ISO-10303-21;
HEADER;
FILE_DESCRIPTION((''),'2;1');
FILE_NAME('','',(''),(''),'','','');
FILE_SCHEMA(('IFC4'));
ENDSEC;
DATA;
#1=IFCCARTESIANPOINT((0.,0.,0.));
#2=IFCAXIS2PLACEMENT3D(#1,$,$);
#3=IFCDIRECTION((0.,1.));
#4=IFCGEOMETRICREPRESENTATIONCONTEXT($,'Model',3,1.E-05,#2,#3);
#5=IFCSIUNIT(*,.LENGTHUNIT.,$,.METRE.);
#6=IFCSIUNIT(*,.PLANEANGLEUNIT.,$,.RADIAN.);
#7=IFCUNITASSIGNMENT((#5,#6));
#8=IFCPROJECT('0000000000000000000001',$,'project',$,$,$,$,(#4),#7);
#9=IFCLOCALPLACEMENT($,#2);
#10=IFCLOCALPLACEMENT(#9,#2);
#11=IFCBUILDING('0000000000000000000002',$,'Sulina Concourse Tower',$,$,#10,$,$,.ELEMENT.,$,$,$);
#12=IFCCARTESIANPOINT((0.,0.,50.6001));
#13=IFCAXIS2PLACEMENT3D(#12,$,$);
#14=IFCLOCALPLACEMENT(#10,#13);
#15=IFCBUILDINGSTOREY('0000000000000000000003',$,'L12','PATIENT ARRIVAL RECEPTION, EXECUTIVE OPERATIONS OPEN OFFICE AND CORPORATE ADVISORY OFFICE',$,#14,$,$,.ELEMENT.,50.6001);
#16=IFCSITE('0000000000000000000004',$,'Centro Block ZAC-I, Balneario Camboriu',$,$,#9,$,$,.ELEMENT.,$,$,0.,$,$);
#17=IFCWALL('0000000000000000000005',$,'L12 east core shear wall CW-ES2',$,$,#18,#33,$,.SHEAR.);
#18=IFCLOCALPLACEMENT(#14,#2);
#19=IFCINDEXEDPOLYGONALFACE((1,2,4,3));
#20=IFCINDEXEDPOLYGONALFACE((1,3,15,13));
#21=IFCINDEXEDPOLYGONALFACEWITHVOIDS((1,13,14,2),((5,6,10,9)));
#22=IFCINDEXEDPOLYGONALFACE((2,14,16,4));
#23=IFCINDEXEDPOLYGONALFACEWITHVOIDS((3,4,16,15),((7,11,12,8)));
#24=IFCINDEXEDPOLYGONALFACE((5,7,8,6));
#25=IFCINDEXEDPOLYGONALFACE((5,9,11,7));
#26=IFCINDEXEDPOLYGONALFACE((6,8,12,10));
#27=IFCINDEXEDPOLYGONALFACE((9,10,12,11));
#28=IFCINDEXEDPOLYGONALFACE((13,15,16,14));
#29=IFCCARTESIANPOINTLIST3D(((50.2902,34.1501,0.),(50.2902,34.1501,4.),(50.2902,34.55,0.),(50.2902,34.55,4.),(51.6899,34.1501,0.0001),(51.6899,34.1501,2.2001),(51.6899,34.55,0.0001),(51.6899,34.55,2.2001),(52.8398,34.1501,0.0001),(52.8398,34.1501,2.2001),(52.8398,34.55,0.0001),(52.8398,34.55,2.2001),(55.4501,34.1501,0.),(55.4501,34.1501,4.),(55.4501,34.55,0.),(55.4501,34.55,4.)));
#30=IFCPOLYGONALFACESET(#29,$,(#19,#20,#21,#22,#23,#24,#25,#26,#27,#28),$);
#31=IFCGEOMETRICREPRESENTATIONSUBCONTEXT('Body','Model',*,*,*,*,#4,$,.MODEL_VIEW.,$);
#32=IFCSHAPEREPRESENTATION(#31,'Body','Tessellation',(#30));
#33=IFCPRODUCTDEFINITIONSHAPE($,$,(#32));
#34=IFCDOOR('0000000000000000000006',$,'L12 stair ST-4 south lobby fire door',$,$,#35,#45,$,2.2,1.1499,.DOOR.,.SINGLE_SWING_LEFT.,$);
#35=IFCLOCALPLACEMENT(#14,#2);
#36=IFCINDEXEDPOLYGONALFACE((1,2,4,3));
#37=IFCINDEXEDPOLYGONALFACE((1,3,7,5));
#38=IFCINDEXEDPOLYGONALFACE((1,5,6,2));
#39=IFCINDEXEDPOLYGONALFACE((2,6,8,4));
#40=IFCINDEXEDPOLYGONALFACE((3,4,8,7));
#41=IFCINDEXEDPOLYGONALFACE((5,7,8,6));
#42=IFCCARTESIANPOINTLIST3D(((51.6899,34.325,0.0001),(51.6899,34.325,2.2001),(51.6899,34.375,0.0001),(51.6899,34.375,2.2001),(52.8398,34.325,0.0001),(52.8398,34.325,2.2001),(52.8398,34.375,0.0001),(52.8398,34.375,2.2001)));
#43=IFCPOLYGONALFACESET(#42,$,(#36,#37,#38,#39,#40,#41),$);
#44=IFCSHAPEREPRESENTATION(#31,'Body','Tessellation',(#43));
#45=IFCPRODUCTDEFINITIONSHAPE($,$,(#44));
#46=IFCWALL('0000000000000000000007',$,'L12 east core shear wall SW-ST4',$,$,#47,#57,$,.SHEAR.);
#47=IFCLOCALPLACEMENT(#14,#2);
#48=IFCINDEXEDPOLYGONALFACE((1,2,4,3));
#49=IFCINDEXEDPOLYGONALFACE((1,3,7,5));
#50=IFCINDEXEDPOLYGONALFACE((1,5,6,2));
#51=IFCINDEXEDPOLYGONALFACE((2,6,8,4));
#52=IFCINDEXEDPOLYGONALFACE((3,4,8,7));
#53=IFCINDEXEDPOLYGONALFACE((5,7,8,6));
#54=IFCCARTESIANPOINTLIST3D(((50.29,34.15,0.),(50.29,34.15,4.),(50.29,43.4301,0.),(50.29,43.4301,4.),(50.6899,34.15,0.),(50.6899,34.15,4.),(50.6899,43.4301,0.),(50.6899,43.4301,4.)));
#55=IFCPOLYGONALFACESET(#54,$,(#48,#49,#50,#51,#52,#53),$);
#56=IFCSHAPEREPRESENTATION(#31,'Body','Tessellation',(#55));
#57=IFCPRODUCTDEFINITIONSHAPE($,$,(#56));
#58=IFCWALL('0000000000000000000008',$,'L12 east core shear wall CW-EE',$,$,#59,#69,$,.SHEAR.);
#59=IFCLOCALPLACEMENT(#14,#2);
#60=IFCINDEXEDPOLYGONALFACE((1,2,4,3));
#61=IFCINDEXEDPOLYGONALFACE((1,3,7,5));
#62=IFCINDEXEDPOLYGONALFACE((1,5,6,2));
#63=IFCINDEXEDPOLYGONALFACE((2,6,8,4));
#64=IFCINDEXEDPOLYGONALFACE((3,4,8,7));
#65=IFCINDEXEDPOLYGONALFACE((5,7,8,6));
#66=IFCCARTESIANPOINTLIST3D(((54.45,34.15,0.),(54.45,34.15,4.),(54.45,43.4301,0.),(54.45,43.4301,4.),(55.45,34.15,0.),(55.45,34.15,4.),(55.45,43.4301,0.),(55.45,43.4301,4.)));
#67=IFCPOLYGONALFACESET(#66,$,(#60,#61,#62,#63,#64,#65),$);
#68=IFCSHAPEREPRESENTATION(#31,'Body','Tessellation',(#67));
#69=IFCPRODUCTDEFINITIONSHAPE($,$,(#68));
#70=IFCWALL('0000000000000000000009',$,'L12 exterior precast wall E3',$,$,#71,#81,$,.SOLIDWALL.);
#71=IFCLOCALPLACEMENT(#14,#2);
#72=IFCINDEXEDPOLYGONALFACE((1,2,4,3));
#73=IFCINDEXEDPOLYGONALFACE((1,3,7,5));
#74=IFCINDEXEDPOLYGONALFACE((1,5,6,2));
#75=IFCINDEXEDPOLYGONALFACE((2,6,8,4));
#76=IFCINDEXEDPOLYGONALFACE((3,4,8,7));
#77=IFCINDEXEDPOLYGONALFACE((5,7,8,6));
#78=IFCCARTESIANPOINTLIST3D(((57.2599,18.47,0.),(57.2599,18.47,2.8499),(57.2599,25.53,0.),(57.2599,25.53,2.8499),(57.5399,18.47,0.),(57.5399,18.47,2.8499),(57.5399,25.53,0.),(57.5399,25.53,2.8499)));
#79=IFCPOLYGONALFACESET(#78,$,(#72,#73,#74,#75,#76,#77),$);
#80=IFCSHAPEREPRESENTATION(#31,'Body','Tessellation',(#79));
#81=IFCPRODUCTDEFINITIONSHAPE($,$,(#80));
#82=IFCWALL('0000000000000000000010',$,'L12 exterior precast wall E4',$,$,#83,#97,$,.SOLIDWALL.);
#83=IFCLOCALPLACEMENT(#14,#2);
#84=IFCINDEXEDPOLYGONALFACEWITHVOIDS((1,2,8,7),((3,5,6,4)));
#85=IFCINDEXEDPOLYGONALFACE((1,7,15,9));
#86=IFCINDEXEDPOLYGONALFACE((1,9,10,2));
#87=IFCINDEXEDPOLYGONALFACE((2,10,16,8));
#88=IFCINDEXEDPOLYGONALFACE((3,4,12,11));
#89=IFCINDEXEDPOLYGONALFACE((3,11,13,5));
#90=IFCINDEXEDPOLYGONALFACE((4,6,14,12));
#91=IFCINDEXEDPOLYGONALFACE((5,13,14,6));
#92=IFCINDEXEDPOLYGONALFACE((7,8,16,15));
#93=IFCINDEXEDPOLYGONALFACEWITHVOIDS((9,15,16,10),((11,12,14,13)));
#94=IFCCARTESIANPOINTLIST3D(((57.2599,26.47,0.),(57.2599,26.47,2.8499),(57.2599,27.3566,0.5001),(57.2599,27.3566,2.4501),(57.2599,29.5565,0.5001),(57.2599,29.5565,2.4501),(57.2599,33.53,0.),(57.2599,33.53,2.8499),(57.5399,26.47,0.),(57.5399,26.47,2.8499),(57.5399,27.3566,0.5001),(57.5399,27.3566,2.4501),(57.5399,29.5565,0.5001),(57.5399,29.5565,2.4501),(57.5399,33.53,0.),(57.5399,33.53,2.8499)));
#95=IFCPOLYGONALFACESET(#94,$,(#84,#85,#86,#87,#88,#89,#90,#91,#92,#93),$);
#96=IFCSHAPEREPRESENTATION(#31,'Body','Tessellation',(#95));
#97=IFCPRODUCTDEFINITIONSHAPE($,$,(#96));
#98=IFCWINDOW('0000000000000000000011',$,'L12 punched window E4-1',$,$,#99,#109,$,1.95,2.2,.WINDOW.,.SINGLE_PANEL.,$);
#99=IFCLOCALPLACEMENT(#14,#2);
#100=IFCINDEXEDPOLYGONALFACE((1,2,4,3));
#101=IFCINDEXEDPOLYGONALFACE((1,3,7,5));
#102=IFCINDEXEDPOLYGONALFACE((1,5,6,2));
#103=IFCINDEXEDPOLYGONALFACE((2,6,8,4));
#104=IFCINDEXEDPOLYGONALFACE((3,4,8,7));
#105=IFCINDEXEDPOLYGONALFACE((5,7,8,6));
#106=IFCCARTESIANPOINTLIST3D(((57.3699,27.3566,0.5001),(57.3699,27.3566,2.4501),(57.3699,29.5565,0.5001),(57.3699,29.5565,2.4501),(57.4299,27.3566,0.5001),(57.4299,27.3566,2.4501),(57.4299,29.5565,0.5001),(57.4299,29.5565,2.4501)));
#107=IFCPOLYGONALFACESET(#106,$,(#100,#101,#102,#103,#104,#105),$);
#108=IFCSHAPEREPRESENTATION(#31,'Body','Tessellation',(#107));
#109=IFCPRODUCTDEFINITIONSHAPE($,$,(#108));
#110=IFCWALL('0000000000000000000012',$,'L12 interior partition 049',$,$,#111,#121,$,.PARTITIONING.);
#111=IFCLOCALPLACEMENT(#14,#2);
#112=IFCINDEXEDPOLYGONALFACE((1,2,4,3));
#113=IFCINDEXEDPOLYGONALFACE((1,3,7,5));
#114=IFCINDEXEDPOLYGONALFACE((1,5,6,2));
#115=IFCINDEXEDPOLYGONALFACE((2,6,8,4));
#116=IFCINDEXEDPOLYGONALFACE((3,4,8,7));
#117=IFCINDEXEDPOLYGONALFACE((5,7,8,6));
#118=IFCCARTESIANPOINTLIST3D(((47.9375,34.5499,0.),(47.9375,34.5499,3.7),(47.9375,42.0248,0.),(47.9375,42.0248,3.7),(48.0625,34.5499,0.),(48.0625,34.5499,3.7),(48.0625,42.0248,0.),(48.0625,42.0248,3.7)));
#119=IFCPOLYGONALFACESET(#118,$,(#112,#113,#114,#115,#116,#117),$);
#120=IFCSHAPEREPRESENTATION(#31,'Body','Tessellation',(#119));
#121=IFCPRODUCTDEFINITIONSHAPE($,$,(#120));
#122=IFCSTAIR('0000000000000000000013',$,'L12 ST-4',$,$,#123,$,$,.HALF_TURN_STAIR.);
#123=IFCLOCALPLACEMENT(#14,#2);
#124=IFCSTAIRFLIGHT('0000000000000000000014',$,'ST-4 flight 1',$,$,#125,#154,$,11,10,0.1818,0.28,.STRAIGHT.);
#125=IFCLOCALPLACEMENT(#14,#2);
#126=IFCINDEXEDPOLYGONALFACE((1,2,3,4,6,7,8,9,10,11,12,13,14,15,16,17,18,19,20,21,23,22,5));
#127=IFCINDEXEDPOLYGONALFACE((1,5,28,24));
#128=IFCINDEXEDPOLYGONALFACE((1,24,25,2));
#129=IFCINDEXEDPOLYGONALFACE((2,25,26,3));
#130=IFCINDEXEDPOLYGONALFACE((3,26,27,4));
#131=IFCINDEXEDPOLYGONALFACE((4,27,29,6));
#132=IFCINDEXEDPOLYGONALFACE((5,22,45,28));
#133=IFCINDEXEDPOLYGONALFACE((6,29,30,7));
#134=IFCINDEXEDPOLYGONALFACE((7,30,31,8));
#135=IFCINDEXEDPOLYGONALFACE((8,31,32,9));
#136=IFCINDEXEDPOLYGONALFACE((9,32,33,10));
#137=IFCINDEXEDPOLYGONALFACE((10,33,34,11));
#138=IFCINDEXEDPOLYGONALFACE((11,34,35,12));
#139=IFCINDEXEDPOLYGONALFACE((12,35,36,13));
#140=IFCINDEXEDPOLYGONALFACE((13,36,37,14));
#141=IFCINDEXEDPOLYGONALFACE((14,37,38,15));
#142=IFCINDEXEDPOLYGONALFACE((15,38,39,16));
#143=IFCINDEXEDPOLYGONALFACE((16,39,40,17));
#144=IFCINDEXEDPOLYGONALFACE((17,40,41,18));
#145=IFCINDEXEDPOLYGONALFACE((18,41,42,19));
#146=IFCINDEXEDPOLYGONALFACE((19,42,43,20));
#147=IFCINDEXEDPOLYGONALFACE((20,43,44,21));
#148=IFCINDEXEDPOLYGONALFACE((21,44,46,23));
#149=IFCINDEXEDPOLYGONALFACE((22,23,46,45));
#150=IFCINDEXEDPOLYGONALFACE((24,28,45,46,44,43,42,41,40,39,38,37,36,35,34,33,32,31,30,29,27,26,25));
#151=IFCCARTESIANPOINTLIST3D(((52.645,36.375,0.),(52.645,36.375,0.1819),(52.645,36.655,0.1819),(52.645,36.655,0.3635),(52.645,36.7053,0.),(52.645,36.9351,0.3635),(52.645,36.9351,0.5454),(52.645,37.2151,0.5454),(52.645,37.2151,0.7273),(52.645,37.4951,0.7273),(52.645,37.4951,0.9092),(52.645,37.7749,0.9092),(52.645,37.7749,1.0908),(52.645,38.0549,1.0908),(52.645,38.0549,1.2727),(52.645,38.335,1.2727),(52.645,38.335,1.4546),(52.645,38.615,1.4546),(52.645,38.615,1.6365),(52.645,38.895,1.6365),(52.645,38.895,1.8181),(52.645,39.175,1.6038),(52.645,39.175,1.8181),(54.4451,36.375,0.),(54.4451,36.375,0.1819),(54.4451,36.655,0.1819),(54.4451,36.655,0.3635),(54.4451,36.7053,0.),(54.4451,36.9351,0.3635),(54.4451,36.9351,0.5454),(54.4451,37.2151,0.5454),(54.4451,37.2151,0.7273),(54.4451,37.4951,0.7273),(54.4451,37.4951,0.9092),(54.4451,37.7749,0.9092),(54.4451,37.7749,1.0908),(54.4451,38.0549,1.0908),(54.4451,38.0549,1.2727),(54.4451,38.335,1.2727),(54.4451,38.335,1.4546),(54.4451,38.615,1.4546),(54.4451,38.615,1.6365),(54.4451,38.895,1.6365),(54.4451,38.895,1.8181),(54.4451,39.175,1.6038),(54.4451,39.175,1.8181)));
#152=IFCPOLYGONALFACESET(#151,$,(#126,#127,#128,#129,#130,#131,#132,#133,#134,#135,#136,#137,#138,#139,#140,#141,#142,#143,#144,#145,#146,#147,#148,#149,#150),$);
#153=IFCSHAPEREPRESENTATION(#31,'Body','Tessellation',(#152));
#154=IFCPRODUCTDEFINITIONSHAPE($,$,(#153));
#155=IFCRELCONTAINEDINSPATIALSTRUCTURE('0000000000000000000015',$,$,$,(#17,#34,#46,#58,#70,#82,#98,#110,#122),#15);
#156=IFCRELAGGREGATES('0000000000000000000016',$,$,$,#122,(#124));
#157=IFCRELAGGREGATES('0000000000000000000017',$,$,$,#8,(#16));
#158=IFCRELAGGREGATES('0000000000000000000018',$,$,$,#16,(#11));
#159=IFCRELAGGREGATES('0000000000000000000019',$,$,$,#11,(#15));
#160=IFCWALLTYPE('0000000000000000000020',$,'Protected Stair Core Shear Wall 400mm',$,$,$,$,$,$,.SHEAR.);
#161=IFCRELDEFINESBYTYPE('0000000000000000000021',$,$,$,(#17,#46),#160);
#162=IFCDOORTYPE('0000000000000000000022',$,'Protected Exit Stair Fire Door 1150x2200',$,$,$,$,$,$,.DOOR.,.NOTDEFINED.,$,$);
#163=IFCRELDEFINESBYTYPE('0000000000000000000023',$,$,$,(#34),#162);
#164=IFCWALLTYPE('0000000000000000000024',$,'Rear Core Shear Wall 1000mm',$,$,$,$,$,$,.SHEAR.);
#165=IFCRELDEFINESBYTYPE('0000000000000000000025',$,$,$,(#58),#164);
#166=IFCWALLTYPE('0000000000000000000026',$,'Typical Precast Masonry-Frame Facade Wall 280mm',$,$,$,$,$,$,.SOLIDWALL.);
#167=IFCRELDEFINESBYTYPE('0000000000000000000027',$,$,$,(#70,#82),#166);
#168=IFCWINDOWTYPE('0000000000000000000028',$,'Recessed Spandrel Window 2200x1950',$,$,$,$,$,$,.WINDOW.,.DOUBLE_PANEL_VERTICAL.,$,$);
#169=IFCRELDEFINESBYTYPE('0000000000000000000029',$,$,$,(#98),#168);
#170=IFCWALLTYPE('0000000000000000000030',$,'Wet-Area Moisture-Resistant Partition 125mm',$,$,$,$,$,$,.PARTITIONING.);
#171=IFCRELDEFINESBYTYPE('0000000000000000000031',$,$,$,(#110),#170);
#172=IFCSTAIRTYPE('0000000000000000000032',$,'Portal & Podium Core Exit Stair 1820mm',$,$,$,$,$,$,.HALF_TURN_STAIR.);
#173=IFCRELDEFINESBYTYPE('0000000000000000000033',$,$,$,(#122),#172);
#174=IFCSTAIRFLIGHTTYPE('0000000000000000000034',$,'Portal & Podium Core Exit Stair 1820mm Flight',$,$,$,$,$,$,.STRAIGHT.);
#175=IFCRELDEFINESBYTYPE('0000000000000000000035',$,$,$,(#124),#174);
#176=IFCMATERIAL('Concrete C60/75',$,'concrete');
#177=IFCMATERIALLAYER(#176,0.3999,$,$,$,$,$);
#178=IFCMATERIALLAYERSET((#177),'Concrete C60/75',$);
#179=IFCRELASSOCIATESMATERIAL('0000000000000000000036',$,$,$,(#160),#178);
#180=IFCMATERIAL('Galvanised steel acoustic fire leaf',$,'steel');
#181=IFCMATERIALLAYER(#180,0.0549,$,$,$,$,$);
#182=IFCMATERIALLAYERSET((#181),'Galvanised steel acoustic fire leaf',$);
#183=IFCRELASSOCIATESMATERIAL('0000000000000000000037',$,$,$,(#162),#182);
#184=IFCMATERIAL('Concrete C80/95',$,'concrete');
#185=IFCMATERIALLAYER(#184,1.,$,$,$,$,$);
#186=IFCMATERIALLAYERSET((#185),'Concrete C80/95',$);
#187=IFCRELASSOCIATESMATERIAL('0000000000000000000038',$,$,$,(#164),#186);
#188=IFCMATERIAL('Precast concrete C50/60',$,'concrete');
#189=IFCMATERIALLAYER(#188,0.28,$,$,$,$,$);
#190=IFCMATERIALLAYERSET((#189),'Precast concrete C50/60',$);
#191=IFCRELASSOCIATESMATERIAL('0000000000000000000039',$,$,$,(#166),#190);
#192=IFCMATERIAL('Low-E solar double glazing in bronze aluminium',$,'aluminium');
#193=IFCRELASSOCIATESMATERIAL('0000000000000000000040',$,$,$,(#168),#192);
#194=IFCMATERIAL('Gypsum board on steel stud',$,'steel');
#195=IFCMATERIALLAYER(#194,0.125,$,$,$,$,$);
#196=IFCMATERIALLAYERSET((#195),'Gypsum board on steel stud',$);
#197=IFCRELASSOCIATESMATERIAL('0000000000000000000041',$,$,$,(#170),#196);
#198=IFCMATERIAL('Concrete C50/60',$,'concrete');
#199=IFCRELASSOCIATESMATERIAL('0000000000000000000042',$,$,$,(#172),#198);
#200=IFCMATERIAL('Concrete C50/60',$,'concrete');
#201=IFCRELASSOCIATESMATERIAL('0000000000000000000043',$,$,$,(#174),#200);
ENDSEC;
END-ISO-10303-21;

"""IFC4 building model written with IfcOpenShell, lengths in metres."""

from ifc_helpers import new_model, si_unit, direction, frame, frame_2d, origin, place, context, subcontext, project, spatial, polyline, rectangle, outline, extrude, material, layer, layer_set, type_object, element, fill, aggregate, save


model = new_model("IFC4")

# Units and contexts
model_context = context("Model", 3, precision=1e-05, world=origin(), true_north=direction((0.0, 1.0)))
body_context = subcontext(model_context, "Body", "Model", "MODEL_VIEW")
ifc_project = project(units=[si_unit("LENGTHUNIT", "METRE"), si_unit("PLANEANGLEUNIT", "RADIAN")], contexts=[model_context])

# Site, building, storey
site_placement = place(None, origin())
site = spatial("IfcSite", under=ifc_project, at=site_placement, Name="Centro Block ZAC-I, Balneario Camboriu", CompositionType="ELEMENT", RefElevation=0.0)
building_placement = place(site_placement, origin())
building = spatial("IfcBuilding", under=site, at=building_placement, Name="Sulina Concourse Tower", CompositionType="ELEMENT")
storey_placement = place(building_placement, frame((0.0, 0.0, 50.6001)))
storey = spatial("IfcBuildingStorey", under=building, at=storey_placement, Name="L12", Description="PATIENT ARRIVAL RECEPTION, EXECUTIVE OPERATIONS OPEN OFFICE AND CORPORATE ADVISORY OFFICE", CompositionType="ELEMENT", Elevation=50.6001)

# Shared definitions
ifc_material_1 = material(Name="Concrete C60/75", Category="concrete")
ifc_layer_1 = layer(ifc_material_1, 0.3999)
ifc_layer_set_1 = layer_set([ifc_layer_1], Name="Concrete C60/75")
wall_type_1 = type_object("IfcWallType", Name="Protected Stair Core Shear Wall 400mm", PredefinedType="SHEAR", material=ifc_layer_set_1)

# Wall, opening, door
wall_1_placement = place(storey_placement, frame((50.29, 34.3501, 0.0), z_axis=(0.0, 0.0, 1.0), x_axis=(1.0, 0.0, 0.0)))
wall_1 = element("IfcWall", 1, at=wall_1_placement, inside=storey, type_object=wall_type_1, Name="L12 east core shear wall CW-ES2", PredefinedType="SHEAR", context=body_context, shape_type="SweptSolid", body=[
    extrude(rectangle(XDim=5.1599, YDim=0.3999, at=frame_2d((2.5801, 0.0))), origin(), (0.0, 0.0, 1.0), 4.0),
])
opening_1_placement = place(wall_1_placement, frame((1.3999, 0.0, 0.0)))
opening_1 = element("IfcOpeningElement", 2, at=opening_1_placement, cuts=wall_1, PredefinedType="OPENING", context=body_context, shape_type="SweptSolid", body=[
    extrude(rectangle(XDim=1.1499, YDim=2.2, at=frame_2d((0.575, 1.1001))), frame((0.0, 0.21, 0.0), z_axis=(0.0, -1.0, 0.0), x_axis=(1.0, 0.0, 0.0)), (0.0, 0.0, 1.0), 0.4199),
])
ifc_material_2 = material(Name="Galvanised steel acoustic fire leaf", Category="steel")
ifc_layer_2 = layer(ifc_material_2, 0.0549)
ifc_layer_set_2 = layer_set([ifc_layer_2], Name="Galvanised steel acoustic fire leaf")
door_type_1 = type_object("IfcDoorType", Name="Protected Exit Stair Fire Door 1150x2200", OperationType="NOTDEFINED", PredefinedType="DOOR", material=ifc_layer_set_2)
door_1_placement = place(opening_1_placement, origin())
door_1 = element("IfcDoor", 3, at=door_1_placement, inside=storey, type_object=door_type_1, Name="L12 stair ST-4 south lobby fire door", OperationType="SINGLE_SWING_LEFT", OverallHeight=2.2, OverallWidth=1.1499, PredefinedType="DOOR", context=body_context, shape_type="SweptSolid", body=[
    extrude(rectangle(XDim=1.1499, YDim=2.2, at=frame_2d((0.575, 1.1001))), frame((0.0, 0.0249, 0.0), z_axis=(0.0, -1.0, 0.0), x_axis=(1.0, 0.0, 0.0)), (0.0, 0.0, 1.0), 0.05),
])
fill(opening_1, door_1)

# Walls
wall_2_placement = place(storey_placement, frame((50.49, 34.1499, 0.0), z_axis=(0.0, 0.0, 1.0), x_axis=(0.0, 1.0, 0.0)))
element("IfcWall", 4, at=wall_2_placement, inside=storey, type_object=wall_type_1, Name="L12 east core shear wall SW-ST4", PredefinedType="SHEAR", context=body_context, shape_type="SweptSolid", body=[
    extrude(rectangle(XDim=9.28, YDim=0.3999, at=frame_2d((4.6401, 0.0))), origin(), (0.0, 0.0, 1.0), 4.0),
])
ifc_material_3 = material(Name="Concrete C80/95", Category="concrete")
ifc_layer_3 = layer(ifc_material_3, 1.0)
ifc_layer_set_3 = layer_set([ifc_layer_3], Name="Concrete C80/95")
wall_type_2 = type_object("IfcWallType", Name="Rear Core Shear Wall 1000mm", PredefinedType="SHEAR", material=ifc_layer_set_3)
wall_3_placement = place(storey_placement, frame((54.95, 34.1499, 0.0), z_axis=(0.0, 0.0, 1.0), x_axis=(0.0, 1.0, 0.0)))
element("IfcWall", 5, at=wall_3_placement, inside=storey, type_object=wall_type_2, Name="L12 east core shear wall CW-EE", PredefinedType="SHEAR", context=body_context, shape_type="SweptSolid", body=[
    extrude(rectangle(XDim=9.28, YDim=1.0, at=frame_2d((4.6401, 0.0))), origin(), (0.0, 0.0, 1.0), 4.0),
])
ifc_material_4 = material(Name="Precast concrete C50/60", Category="concrete")
ifc_layer_4 = layer(ifc_material_4, 0.28)
ifc_layer_set_4 = layer_set([ifc_layer_4], Name="Precast concrete C50/60")
wall_type_3 = type_object("IfcWallType", Name="Typical Precast Masonry-Frame Facade Wall 280mm", PredefinedType="SOLIDWALL", material=ifc_layer_set_4)
wall_4_placement = place(storey_placement, frame((57.3999, 25.53, 0.0), z_axis=(0.0, 0.0, 1.0), x_axis=(0.0, -1.0, 0.0)))
element("IfcWall", 6, at=wall_4_placement, inside=storey, type_object=wall_type_3, Name="L12 exterior precast wall E3", PredefinedType="SOLIDWALL", context=body_context, shape_type="SweptSolid", body=[
    extrude(rectangle(XDim=7.0601, YDim=0.28, at=frame_2d((3.53, 0.0))), origin(), (0.0, 0.0, 1.0), 2.8499),
])

# Wall, opening, window
wall_5_placement = place(storey_placement, frame((57.3999, 33.53, 0.0), z_axis=(0.0, 0.0, 1.0), x_axis=(0.0, -1.0, 0.0)))
wall_5 = element("IfcWall", 7, at=wall_5_placement, inside=storey, type_object=wall_type_3, Name="L12 exterior precast wall E4", PredefinedType="SOLIDWALL", context=body_context, shape_type="SweptSolid", body=[
    extrude(rectangle(XDim=7.0601, YDim=0.28, at=frame_2d((3.53, 0.0))), origin(), (0.0, 0.0, 1.0), 2.8499),
])
opening_2_placement = place(wall_5_placement, frame((3.9734, 0.0, 0.5)))
opening_2 = element("IfcOpeningElement", 8, at=opening_2_placement, cuts=wall_5, PredefinedType="OPENING", context=body_context, shape_type="SweptSolid", body=[
    extrude(rectangle(XDim=2.2, YDim=1.95, at=frame_2d((1.1001, 0.9751))), frame((0.0, 0.1499, 0.0), z_axis=(0.0, -1.0, 0.0), x_axis=(1.0, 0.0, 0.0)), (0.0, 0.0, 1.0), 0.3),
])
ifc_material_5 = material(Name="Low-E solar double glazing in bronze aluminium", Category="aluminium")
window_type = type_object("IfcWindowType", Name="Recessed Spandrel Window 2200x1950", PartitioningType="DOUBLE_PANEL_VERTICAL", PredefinedType="WINDOW", material=ifc_material_5)
window_placement = place(opening_2_placement, origin())
window = element("IfcWindow", 9, at=window_placement, inside=storey, type_object=window_type, Name="L12 punched window E4-1", OverallHeight=1.95, OverallWidth=2.2, PartitioningType="SINGLE_PANEL", PredefinedType="WINDOW", context=body_context, shape_type="SweptSolid", body=[
    extrude(rectangle(XDim=2.2, YDim=1.95, at=frame_2d((1.1001, 0.9751))), frame((0.0, 0.03, 0.0), z_axis=(0.0, -1.0, 0.0), x_axis=(1.0, 0.0, 0.0)), (0.0, 0.0, 1.0), 0.0601),
])
fill(opening_2, window)

# Wall
ifc_material_6 = material(Name="Gypsum board on steel stud", Category="steel")
ifc_layer_5 = layer(ifc_material_6, 0.125)
ifc_layer_set_5 = layer_set([ifc_layer_5], Name="Gypsum board on steel stud")
wall_type_4 = type_object("IfcWallType", Name="Wet-Area Moisture-Resistant Partition 125mm", PredefinedType="PARTITIONING", material=ifc_layer_set_5)
wall_6_placement = place(storey_placement, frame((48.0, 34.55, 0.0), z_axis=(0.0, 0.0, 1.0), x_axis=(0.0, 1.0, 0.0)))
element("IfcWall", 10, at=wall_6_placement, inside=storey, type_object=wall_type_4, Name="L12 interior partition 049", PredefinedType="PARTITIONING", context=body_context, shape_type="SweptSolid", body=[
    extrude(rectangle(XDim=7.4749, YDim=0.125, at=frame_2d((3.7373, 0.0))), origin(), (0.0, 0.0, 1.0), 3.7),
])

# Stair, stair flight
ifc_material_7 = material(Name="Concrete C50/60", Category="concrete")
stair_type = type_object("IfcStairType", Name="Portal & Podium Core Exit Stair 1820mm", PredefinedType="HALF_TURN_STAIR", material=ifc_material_7)
stair_placement = place(storey_placement, origin())
stair = element("IfcStair", 11, at=stair_placement, inside=storey, type_object=stair_type, Name="L12 ST-4", PredefinedType="HALF_TURN_STAIR")
ifc_material_8 = material(Name="Concrete C50/60", Category="concrete")
stair_flight_type = type_object("IfcStairFlightType", Name="Portal & Podium Core Exit Stair 1820mm Flight", PredefinedType="STRAIGHT", material=ifc_material_8)
stair_flight_placement = place(storey_placement, frame((53.5449, 36.375, 0.0), z_axis=(0.0, 0.0, 1.0), x_axis=(0.0, 1.0, 0.0)))
stair_flight = element("IfcStairFlight", 12, at=stair_flight_placement, type_object=stair_flight_type, Name="ST-4 flight 1", NumberOfRisers=11, NumberOfTreads=10, PredefinedType="STRAIGHT", RiserHeight=0.1818, TreadLength=0.28, context=body_context, shape_type="SweptSolid", body=[
    extrude(outline(polyline([(0.0, 0.0), (0.0, 0.1819), (0.28, 0.1819), (0.28, 0.3635), (0.5601, 0.3635), (0.5601, 0.5454), (0.8401, 0.5454), (0.8401, 0.7273), (1.1201, 0.7273), (1.1201, 0.9092), (1.3999, 0.9092), (1.3999, 1.0908), (1.6799, 1.0908), (1.6799, 1.2727), (1.96, 1.2727), (1.96, 1.4546), (2.24, 1.4546), (2.24, 1.6365), (2.52, 1.6365), (2.52, 1.8181), (2.8, 1.8181), (2.8, 2.0), (2.8, 1.6038), (0.3303, 0.0), (0.0, 0.0)])), frame((0.0, 0.8999, 0.0), z_axis=(0.0, -1.0, 0.0), x_axis=(1.0, 0.0, 0.0)), (0.0, 0.0, 1.0), 1.8),
])
aggregate(stair, [stair_flight])

save(model, "model.ifc")
